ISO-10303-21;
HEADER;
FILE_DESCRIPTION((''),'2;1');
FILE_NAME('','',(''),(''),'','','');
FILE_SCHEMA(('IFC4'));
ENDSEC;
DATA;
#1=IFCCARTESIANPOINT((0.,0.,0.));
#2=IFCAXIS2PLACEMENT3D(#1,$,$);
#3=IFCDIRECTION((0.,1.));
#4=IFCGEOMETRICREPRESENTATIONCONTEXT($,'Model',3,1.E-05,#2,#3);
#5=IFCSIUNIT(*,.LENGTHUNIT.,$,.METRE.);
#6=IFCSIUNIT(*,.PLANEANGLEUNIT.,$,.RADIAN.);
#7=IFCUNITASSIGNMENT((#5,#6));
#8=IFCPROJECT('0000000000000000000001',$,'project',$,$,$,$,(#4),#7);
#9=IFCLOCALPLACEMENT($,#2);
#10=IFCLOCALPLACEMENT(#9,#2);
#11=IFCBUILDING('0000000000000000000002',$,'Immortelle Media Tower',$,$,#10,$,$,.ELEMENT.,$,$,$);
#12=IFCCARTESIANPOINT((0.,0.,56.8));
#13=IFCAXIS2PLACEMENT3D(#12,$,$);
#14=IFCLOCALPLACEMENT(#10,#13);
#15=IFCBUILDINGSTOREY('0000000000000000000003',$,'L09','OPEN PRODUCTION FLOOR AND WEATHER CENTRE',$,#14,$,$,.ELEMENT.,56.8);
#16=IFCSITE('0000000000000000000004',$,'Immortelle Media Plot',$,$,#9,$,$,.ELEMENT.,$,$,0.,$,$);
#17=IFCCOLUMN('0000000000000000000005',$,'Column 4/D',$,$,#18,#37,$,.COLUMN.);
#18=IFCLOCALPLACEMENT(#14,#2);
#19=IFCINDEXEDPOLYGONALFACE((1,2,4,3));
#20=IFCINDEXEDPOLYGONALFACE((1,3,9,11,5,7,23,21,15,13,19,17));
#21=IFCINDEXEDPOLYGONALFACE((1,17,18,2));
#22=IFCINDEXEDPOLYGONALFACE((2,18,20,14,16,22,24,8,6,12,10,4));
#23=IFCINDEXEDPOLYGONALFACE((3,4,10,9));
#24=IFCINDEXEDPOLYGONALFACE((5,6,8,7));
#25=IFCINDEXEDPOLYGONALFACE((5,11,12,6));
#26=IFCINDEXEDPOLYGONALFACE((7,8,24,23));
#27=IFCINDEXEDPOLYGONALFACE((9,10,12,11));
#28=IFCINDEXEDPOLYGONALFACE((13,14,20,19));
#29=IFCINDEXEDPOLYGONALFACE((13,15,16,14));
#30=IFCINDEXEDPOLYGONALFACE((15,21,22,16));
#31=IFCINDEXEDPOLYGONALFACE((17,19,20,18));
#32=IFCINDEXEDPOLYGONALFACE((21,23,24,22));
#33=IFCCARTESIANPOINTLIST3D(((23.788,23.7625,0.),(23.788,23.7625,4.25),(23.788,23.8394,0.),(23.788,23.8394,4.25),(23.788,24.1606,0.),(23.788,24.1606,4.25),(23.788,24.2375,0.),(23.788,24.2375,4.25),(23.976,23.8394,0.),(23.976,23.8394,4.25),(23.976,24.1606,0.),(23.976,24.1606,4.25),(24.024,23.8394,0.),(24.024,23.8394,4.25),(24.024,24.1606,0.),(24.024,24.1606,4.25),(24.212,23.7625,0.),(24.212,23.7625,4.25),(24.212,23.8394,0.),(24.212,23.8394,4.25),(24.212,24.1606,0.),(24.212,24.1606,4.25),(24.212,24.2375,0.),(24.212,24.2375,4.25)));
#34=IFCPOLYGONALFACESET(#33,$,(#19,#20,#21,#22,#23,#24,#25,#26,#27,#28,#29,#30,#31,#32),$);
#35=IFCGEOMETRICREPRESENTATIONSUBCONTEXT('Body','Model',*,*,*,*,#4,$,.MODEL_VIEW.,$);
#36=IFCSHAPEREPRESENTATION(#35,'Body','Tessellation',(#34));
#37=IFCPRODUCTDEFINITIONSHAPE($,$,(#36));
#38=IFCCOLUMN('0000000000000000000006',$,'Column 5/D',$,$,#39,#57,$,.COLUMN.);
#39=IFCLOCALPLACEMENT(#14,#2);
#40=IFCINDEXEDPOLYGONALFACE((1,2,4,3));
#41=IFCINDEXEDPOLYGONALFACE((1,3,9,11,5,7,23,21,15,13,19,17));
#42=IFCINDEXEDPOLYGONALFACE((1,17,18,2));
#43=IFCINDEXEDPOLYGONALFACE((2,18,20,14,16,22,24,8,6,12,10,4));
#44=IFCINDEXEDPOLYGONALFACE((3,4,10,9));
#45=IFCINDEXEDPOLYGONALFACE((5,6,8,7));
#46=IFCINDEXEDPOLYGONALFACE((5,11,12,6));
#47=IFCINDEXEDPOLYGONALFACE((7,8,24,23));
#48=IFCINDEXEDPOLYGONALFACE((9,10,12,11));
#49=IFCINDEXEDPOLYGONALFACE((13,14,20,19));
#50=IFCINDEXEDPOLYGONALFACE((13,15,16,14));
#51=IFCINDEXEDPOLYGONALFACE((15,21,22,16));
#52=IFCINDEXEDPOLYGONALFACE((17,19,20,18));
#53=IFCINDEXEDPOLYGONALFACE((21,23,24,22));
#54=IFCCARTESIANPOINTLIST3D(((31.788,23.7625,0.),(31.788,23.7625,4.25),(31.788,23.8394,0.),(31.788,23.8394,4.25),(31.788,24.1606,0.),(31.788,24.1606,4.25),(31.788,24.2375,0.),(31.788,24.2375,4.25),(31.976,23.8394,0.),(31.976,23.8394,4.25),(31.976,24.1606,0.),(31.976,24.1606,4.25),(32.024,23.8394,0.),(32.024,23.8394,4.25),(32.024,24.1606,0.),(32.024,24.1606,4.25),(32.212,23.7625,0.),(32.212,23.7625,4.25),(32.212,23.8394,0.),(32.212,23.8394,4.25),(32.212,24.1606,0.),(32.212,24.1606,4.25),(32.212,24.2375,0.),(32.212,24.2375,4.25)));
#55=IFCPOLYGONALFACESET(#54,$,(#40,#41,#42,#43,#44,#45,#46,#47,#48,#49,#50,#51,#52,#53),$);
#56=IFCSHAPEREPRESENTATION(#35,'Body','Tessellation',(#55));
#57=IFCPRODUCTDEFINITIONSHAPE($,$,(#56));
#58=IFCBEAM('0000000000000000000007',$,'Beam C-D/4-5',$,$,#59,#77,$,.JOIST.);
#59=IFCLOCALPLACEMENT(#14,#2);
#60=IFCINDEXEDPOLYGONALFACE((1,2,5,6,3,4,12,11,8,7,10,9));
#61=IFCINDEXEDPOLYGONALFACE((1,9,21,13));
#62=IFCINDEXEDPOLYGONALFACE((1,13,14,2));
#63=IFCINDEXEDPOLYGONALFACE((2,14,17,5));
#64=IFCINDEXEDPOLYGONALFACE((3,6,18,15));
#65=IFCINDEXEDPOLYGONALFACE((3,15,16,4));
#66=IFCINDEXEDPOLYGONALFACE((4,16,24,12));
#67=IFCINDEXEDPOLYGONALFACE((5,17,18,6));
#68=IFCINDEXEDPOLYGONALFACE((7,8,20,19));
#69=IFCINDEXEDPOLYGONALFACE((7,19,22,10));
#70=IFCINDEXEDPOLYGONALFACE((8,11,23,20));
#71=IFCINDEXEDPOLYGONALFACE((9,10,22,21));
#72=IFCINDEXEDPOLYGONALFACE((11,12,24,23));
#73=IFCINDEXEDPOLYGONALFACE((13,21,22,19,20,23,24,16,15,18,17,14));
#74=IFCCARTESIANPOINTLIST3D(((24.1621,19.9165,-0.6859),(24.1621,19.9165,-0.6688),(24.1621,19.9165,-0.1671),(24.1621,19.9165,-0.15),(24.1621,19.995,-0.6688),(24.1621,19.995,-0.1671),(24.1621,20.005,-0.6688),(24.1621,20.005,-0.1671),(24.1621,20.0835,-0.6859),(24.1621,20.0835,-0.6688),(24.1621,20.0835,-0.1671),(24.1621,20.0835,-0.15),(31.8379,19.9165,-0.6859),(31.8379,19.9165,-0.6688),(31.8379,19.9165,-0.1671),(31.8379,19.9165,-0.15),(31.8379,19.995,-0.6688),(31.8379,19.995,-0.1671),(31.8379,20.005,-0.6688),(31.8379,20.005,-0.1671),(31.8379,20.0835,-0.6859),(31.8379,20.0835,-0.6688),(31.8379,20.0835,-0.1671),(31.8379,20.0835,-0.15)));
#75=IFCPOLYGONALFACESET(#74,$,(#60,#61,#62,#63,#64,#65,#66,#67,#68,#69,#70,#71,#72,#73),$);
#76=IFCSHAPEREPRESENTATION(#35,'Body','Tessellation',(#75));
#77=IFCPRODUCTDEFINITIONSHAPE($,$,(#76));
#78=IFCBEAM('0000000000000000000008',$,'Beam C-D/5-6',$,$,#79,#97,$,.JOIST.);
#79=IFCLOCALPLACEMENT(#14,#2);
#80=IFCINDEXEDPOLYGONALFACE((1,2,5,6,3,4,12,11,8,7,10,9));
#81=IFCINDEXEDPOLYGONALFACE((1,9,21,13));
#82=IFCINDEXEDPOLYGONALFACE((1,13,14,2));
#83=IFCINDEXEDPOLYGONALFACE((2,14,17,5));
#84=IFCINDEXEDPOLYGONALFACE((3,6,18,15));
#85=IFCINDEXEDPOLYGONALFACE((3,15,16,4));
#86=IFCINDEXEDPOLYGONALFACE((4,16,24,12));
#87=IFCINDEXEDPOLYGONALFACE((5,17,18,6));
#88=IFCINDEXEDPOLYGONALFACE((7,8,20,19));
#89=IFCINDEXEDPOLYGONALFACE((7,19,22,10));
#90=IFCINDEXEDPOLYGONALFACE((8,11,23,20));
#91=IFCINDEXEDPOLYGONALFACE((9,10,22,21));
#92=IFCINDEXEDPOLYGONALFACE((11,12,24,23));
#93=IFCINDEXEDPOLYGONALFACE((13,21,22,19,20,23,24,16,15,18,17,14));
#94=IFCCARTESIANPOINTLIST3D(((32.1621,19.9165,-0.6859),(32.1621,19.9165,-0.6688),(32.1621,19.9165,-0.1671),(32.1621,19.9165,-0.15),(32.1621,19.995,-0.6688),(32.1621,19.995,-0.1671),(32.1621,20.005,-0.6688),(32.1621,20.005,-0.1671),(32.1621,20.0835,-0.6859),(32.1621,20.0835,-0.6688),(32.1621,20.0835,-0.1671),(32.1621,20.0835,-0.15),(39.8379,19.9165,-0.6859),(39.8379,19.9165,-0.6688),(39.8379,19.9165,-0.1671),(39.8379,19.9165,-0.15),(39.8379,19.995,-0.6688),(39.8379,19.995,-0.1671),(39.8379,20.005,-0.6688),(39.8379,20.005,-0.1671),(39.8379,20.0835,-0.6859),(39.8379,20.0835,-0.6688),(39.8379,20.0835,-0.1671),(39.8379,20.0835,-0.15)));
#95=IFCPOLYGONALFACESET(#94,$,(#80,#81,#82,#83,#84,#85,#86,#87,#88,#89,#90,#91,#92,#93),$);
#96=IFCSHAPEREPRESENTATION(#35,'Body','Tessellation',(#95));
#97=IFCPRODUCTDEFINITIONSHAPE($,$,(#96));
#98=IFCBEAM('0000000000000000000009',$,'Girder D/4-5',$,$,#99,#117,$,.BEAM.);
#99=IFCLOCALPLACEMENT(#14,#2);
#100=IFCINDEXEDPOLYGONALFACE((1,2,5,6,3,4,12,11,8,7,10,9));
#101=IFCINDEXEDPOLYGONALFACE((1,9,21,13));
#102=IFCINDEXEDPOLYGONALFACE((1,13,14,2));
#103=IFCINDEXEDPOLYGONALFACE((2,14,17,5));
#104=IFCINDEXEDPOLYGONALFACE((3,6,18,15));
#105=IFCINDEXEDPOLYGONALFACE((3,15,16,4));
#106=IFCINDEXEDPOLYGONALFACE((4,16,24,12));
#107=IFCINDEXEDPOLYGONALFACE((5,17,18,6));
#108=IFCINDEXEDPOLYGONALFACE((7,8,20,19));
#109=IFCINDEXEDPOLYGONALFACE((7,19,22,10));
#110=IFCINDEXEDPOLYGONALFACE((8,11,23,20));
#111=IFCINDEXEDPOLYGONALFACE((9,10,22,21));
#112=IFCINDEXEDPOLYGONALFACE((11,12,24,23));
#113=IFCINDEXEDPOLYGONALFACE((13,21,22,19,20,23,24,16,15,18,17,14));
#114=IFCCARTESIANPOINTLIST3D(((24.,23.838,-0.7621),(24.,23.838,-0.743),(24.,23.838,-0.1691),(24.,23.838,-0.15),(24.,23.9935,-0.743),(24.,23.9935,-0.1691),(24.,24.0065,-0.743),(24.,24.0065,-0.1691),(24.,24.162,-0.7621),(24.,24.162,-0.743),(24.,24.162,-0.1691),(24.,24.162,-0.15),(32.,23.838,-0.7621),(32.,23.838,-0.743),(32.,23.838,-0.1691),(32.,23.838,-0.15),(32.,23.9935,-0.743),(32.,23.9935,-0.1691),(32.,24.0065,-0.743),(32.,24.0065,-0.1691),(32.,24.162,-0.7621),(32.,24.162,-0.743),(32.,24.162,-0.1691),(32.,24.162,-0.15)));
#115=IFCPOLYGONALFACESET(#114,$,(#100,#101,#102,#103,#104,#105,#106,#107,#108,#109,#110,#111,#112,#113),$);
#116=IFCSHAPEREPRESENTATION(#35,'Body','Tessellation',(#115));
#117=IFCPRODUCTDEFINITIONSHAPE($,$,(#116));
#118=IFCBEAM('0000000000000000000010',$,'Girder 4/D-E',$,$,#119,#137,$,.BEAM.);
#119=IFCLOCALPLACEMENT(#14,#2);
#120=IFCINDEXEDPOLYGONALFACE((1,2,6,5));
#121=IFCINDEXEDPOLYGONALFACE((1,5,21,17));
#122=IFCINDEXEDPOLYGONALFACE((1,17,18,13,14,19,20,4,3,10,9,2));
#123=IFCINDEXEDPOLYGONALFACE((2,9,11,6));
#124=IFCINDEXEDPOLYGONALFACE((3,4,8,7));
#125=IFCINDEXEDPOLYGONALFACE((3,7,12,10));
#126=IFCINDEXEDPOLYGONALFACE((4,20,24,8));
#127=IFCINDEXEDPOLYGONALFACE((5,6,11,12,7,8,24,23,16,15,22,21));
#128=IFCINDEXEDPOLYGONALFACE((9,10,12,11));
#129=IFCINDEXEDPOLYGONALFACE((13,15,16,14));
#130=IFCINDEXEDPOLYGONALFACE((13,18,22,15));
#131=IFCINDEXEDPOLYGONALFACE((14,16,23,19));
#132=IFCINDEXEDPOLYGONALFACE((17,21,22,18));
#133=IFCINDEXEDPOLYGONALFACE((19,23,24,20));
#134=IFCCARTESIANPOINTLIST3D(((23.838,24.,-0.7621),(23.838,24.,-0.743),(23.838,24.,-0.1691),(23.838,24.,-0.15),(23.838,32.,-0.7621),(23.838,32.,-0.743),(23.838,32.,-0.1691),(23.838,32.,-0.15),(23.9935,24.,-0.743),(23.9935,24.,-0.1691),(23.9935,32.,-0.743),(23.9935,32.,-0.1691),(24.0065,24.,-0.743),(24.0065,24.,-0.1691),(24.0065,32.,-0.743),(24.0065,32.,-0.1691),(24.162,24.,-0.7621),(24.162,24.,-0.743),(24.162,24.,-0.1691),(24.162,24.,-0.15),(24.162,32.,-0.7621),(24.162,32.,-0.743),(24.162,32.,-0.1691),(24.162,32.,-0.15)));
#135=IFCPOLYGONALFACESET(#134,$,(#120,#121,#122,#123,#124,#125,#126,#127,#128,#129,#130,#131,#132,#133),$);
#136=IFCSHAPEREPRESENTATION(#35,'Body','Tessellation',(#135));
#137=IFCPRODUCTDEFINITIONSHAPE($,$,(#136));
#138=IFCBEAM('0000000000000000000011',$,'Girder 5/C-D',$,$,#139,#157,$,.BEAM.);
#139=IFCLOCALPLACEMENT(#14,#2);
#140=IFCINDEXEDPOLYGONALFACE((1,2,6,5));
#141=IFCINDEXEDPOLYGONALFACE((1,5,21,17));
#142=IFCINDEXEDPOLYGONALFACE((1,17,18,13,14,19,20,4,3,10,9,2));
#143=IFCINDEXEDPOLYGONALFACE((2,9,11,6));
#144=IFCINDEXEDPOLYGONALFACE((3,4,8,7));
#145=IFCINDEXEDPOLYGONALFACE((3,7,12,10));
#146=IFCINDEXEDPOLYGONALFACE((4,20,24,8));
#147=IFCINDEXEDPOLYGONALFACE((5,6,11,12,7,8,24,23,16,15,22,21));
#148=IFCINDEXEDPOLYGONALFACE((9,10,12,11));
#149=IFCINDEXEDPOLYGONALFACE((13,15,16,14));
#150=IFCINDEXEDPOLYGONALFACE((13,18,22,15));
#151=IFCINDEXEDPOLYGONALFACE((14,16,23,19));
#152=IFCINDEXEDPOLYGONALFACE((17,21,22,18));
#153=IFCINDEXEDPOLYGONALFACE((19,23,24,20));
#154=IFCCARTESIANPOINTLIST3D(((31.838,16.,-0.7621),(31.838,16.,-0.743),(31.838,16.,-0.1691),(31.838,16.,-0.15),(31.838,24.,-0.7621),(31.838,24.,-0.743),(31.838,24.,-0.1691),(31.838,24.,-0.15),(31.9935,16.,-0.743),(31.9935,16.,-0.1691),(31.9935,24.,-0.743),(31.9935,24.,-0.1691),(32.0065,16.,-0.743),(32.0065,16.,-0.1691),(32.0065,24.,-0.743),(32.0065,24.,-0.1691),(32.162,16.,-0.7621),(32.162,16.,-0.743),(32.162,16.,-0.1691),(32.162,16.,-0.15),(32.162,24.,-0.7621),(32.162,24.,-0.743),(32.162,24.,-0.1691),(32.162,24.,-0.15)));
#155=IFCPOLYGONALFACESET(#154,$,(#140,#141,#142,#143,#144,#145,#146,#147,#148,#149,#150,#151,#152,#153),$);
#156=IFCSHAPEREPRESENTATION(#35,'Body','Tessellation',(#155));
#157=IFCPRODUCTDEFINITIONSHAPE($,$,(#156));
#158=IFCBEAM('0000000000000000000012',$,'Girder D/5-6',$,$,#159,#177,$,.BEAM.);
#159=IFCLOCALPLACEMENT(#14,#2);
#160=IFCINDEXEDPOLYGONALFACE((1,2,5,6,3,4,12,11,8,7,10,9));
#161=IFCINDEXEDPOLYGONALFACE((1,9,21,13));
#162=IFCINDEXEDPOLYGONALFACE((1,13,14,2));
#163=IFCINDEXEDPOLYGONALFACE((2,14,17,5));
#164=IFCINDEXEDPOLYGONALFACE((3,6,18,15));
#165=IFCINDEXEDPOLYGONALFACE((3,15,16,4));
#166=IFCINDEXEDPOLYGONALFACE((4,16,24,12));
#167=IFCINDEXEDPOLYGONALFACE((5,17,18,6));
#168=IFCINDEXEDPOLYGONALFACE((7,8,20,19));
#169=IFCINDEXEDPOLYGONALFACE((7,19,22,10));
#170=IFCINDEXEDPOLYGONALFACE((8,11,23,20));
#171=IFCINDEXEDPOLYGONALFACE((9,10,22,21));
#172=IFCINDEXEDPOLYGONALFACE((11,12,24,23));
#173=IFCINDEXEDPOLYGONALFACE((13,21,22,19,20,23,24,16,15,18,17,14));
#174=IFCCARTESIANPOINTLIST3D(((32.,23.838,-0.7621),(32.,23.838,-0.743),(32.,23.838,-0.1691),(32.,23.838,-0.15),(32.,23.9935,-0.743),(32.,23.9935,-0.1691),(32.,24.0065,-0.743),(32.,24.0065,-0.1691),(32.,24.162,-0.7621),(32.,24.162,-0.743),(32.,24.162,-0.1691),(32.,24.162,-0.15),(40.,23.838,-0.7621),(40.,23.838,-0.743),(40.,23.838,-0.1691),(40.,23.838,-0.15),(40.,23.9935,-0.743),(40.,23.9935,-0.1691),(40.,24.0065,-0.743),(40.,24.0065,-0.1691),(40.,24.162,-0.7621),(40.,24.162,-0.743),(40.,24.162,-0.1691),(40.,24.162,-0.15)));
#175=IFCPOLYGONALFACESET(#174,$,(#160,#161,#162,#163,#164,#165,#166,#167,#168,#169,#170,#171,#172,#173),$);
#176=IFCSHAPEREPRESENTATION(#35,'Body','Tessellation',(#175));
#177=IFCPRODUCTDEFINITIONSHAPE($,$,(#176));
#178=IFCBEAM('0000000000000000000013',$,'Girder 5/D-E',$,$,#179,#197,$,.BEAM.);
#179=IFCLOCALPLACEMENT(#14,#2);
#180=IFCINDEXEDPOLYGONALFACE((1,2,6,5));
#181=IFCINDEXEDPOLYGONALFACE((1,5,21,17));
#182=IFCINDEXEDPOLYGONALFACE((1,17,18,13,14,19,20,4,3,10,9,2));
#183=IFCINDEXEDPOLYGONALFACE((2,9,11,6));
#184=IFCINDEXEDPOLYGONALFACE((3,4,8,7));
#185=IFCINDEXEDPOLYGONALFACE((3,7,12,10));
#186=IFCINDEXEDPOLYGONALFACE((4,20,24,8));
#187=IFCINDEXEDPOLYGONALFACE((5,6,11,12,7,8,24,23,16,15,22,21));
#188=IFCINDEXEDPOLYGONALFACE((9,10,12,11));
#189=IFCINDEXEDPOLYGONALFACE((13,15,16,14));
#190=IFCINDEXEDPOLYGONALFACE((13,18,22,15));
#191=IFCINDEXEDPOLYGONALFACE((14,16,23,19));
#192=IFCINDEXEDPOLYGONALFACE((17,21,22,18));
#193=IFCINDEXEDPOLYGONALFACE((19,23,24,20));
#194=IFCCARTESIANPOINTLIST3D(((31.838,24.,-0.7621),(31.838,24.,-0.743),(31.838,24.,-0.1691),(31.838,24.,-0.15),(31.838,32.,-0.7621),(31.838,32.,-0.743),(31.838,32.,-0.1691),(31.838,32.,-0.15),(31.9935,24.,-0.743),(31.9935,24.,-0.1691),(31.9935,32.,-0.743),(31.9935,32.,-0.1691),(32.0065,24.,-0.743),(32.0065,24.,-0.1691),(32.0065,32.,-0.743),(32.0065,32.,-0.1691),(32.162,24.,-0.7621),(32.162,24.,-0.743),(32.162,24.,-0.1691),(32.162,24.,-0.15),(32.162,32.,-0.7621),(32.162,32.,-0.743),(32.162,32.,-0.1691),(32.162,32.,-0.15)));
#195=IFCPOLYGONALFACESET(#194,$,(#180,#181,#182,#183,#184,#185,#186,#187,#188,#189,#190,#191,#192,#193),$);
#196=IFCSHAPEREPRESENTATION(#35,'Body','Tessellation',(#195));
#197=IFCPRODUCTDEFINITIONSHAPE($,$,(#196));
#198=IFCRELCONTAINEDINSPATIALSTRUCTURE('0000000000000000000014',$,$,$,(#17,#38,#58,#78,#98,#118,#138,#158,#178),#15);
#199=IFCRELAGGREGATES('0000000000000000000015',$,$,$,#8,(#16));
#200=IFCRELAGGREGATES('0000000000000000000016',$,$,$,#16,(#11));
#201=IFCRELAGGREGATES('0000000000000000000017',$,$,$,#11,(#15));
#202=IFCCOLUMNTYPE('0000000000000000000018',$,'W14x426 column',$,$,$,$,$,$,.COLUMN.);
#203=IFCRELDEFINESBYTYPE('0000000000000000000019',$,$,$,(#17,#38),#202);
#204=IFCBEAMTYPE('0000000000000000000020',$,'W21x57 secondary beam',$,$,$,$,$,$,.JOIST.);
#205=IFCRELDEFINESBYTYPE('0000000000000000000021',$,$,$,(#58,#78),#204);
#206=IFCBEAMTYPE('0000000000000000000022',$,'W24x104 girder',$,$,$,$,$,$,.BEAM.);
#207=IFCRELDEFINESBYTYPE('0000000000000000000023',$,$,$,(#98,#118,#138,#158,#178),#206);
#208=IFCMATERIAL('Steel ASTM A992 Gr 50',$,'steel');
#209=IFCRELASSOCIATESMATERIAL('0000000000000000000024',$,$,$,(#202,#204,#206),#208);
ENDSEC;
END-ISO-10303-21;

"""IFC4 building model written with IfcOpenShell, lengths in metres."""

from ifc_helpers import new_model, si_unit, direction, frame, origin, origin_2d, place, context, subcontext, project, spatial, i_section, extrude, material, material_profile, profile_set, type_object, element, save


model = new_model("IFC4")

# Units and contexts
model_context = context("Model", 3, precision=1e-05, world=origin(), true_north=direction((0.0, 1.0)))
body_context = subcontext(model_context, "Body", "Model", "MODEL_VIEW")
ifc_project = project(units=[si_unit("LENGTHUNIT", "METRE"), si_unit("PLANEANGLEUNIT", "RADIAN")], contexts=[model_context])

# Site, building, storey
site_placement = place(None, origin())
site = spatial("IfcSite", under=ifc_project, at=site_placement, Name="Immortelle Media Plot", CompositionType="ELEMENT", RefElevation=0.0)
building_placement = place(site_placement, origin())
building = spatial("IfcBuilding", under=site, at=building_placement, Name="Immortelle Media Tower", CompositionType="ELEMENT")
storey_placement = place(building_placement, frame((0.0, 0.0, 56.8)))
storey = spatial("IfcBuildingStorey", under=building, at=storey_placement, Name="L09", Description="OPEN PRODUCTION FLOOR AND WEATHER CENTRE", CompositionType="ELEMENT", Elevation=56.8)

# Columns
ifc_material_1 = material(Name="Steel ASTM A992 Gr 50", Category="steel")
ifc_material_profile_1 = material_profile(ifc_material_1, i_section(OverallWidth=0.4241, OverallDepth=0.4751, WebThickness=0.0481, FlangeThickness=0.0769, at=origin_2d()), Name="W14x426")
ifc_profile_set_1 = profile_set([ifc_material_profile_1], Name="Steel ASTM A992 Gr 50")
column_type = type_object("IfcColumnType", Name="W14x426 column", PredefinedType="COLUMN", material=ifc_profile_set_1)
for number, where, z_axis, x_axis, name in (
    (1, (24.0, 24.0, 0.0), (0.0, 0.0, 1.0), (1.0, 0.0, 0.0), "Column 4/D"),
    (2, (32.0, 24.0, 0.0), (0.0, 0.0, 1.0), (1.0, 0.0, 0.0), "Column 5/D"),
):
    element("IfcColumn", number, at=place(storey_placement, frame(where, z_axis=z_axis, x_axis=x_axis)), inside=storey, type_object=column_type, Name=name, PredefinedType="COLUMN", context=body_context, shape_type="SweptSolid", body=[
        extrude(i_section(OverallWidth=0.4241, OverallDepth=0.4751, WebThickness=0.0481, FlangeThickness=0.0769, at=origin_2d()), origin(), (0.0, 0.0, 1.0), 4.25),
    ])

# Beams
ifc_material_profile_2 = material_profile(ifc_material_1, i_section(OverallWidth=0.167, OverallDepth=0.5359, WebThickness=0.01, FlangeThickness=0.0171, at=origin_2d()), Name="W21x57")
ifc_profile_set_2 = profile_set([ifc_material_profile_2], Name="Steel ASTM A992 Gr 50")
beam_type_1 = type_object("IfcBeamType", Name="W21x57 secondary beam", PredefinedType="JOIST", material=ifc_profile_set_2)
for number, where, z_axis, x_axis, name in (
    (3, (24.1621, 20.0, -0.418), (1.0, 0.0, 0.0), (0.0, 1.0, 0.0), "Beam C-D/4-5"),
    (4, (32.1621, 20.0, -0.418), (1.0, 0.0, 0.0), (0.0, 1.0, 0.0), "Beam C-D/5-6"),
):
    element("IfcBeam", number, at=place(storey_placement, frame(where, z_axis=z_axis, x_axis=x_axis)), inside=storey, type_object=beam_type_1, Name=name, PredefinedType="JOIST", context=body_context, shape_type="SweptSolid", body=[
        extrude(i_section(OverallWidth=0.167, OverallDepth=0.5359, WebThickness=0.01, FlangeThickness=0.0171, at=origin_2d()), origin(), (0.0, 0.0, 1.0), 7.6758),
    ])
ifc_material_profile_3 = material_profile(ifc_material_1, i_section(OverallWidth=0.324, OverallDepth=0.6121, WebThickness=0.0129, FlangeThickness=0.019, at=origin_2d()), Name="W24x104")
ifc_profile_set_3 = profile_set([ifc_material_profile_3], Name="Steel ASTM A992 Gr 50")
beam_type_2 = type_object("IfcBeamType", Name="W24x104 girder", PredefinedType="BEAM", material=ifc_profile_set_3)
for number, where, z_axis, x_axis, name in (
    (5, (24.0, 24.0, -0.4561), (1.0, 0.0, 0.0), (0.0, 1.0, 0.0), "Girder D/4-5"),
    (6, (24.0, 24.0, -0.4561), (0.0, 1.0, 0.0), (-1.0, 0.0, 0.0), "Girder 4/D-E"),
    (7, (32.0, 16.0, -0.4561), (0.0, 1.0, 0.0), (-1.0, 0.0, 0.0), "Girder 5/C-D"),
    (8, (32.0, 24.0, -0.4561), (1.0, 0.0, 0.0), (0.0, 1.0, 0.0), "Girder D/5-6"),
    (9, (32.0, 24.0, -0.4561), (0.0, 1.0, 0.0), (-1.0, 0.0, 0.0), "Girder 5/D-E"),
):
    element("IfcBeam", number, at=place(storey_placement, frame(where, z_axis=z_axis, x_axis=x_axis)), inside=storey, type_object=beam_type_2, Name=name, PredefinedType="BEAM", context=body_context, shape_type="SweptSolid", body=[
        extrude(i_section(OverallWidth=0.324, OverallDepth=0.6121, WebThickness=0.0129, FlangeThickness=0.019, at=origin_2d()), origin(), (0.0, 0.0, 1.0), 8.0),
    ])

save(model, "model.ifc")
